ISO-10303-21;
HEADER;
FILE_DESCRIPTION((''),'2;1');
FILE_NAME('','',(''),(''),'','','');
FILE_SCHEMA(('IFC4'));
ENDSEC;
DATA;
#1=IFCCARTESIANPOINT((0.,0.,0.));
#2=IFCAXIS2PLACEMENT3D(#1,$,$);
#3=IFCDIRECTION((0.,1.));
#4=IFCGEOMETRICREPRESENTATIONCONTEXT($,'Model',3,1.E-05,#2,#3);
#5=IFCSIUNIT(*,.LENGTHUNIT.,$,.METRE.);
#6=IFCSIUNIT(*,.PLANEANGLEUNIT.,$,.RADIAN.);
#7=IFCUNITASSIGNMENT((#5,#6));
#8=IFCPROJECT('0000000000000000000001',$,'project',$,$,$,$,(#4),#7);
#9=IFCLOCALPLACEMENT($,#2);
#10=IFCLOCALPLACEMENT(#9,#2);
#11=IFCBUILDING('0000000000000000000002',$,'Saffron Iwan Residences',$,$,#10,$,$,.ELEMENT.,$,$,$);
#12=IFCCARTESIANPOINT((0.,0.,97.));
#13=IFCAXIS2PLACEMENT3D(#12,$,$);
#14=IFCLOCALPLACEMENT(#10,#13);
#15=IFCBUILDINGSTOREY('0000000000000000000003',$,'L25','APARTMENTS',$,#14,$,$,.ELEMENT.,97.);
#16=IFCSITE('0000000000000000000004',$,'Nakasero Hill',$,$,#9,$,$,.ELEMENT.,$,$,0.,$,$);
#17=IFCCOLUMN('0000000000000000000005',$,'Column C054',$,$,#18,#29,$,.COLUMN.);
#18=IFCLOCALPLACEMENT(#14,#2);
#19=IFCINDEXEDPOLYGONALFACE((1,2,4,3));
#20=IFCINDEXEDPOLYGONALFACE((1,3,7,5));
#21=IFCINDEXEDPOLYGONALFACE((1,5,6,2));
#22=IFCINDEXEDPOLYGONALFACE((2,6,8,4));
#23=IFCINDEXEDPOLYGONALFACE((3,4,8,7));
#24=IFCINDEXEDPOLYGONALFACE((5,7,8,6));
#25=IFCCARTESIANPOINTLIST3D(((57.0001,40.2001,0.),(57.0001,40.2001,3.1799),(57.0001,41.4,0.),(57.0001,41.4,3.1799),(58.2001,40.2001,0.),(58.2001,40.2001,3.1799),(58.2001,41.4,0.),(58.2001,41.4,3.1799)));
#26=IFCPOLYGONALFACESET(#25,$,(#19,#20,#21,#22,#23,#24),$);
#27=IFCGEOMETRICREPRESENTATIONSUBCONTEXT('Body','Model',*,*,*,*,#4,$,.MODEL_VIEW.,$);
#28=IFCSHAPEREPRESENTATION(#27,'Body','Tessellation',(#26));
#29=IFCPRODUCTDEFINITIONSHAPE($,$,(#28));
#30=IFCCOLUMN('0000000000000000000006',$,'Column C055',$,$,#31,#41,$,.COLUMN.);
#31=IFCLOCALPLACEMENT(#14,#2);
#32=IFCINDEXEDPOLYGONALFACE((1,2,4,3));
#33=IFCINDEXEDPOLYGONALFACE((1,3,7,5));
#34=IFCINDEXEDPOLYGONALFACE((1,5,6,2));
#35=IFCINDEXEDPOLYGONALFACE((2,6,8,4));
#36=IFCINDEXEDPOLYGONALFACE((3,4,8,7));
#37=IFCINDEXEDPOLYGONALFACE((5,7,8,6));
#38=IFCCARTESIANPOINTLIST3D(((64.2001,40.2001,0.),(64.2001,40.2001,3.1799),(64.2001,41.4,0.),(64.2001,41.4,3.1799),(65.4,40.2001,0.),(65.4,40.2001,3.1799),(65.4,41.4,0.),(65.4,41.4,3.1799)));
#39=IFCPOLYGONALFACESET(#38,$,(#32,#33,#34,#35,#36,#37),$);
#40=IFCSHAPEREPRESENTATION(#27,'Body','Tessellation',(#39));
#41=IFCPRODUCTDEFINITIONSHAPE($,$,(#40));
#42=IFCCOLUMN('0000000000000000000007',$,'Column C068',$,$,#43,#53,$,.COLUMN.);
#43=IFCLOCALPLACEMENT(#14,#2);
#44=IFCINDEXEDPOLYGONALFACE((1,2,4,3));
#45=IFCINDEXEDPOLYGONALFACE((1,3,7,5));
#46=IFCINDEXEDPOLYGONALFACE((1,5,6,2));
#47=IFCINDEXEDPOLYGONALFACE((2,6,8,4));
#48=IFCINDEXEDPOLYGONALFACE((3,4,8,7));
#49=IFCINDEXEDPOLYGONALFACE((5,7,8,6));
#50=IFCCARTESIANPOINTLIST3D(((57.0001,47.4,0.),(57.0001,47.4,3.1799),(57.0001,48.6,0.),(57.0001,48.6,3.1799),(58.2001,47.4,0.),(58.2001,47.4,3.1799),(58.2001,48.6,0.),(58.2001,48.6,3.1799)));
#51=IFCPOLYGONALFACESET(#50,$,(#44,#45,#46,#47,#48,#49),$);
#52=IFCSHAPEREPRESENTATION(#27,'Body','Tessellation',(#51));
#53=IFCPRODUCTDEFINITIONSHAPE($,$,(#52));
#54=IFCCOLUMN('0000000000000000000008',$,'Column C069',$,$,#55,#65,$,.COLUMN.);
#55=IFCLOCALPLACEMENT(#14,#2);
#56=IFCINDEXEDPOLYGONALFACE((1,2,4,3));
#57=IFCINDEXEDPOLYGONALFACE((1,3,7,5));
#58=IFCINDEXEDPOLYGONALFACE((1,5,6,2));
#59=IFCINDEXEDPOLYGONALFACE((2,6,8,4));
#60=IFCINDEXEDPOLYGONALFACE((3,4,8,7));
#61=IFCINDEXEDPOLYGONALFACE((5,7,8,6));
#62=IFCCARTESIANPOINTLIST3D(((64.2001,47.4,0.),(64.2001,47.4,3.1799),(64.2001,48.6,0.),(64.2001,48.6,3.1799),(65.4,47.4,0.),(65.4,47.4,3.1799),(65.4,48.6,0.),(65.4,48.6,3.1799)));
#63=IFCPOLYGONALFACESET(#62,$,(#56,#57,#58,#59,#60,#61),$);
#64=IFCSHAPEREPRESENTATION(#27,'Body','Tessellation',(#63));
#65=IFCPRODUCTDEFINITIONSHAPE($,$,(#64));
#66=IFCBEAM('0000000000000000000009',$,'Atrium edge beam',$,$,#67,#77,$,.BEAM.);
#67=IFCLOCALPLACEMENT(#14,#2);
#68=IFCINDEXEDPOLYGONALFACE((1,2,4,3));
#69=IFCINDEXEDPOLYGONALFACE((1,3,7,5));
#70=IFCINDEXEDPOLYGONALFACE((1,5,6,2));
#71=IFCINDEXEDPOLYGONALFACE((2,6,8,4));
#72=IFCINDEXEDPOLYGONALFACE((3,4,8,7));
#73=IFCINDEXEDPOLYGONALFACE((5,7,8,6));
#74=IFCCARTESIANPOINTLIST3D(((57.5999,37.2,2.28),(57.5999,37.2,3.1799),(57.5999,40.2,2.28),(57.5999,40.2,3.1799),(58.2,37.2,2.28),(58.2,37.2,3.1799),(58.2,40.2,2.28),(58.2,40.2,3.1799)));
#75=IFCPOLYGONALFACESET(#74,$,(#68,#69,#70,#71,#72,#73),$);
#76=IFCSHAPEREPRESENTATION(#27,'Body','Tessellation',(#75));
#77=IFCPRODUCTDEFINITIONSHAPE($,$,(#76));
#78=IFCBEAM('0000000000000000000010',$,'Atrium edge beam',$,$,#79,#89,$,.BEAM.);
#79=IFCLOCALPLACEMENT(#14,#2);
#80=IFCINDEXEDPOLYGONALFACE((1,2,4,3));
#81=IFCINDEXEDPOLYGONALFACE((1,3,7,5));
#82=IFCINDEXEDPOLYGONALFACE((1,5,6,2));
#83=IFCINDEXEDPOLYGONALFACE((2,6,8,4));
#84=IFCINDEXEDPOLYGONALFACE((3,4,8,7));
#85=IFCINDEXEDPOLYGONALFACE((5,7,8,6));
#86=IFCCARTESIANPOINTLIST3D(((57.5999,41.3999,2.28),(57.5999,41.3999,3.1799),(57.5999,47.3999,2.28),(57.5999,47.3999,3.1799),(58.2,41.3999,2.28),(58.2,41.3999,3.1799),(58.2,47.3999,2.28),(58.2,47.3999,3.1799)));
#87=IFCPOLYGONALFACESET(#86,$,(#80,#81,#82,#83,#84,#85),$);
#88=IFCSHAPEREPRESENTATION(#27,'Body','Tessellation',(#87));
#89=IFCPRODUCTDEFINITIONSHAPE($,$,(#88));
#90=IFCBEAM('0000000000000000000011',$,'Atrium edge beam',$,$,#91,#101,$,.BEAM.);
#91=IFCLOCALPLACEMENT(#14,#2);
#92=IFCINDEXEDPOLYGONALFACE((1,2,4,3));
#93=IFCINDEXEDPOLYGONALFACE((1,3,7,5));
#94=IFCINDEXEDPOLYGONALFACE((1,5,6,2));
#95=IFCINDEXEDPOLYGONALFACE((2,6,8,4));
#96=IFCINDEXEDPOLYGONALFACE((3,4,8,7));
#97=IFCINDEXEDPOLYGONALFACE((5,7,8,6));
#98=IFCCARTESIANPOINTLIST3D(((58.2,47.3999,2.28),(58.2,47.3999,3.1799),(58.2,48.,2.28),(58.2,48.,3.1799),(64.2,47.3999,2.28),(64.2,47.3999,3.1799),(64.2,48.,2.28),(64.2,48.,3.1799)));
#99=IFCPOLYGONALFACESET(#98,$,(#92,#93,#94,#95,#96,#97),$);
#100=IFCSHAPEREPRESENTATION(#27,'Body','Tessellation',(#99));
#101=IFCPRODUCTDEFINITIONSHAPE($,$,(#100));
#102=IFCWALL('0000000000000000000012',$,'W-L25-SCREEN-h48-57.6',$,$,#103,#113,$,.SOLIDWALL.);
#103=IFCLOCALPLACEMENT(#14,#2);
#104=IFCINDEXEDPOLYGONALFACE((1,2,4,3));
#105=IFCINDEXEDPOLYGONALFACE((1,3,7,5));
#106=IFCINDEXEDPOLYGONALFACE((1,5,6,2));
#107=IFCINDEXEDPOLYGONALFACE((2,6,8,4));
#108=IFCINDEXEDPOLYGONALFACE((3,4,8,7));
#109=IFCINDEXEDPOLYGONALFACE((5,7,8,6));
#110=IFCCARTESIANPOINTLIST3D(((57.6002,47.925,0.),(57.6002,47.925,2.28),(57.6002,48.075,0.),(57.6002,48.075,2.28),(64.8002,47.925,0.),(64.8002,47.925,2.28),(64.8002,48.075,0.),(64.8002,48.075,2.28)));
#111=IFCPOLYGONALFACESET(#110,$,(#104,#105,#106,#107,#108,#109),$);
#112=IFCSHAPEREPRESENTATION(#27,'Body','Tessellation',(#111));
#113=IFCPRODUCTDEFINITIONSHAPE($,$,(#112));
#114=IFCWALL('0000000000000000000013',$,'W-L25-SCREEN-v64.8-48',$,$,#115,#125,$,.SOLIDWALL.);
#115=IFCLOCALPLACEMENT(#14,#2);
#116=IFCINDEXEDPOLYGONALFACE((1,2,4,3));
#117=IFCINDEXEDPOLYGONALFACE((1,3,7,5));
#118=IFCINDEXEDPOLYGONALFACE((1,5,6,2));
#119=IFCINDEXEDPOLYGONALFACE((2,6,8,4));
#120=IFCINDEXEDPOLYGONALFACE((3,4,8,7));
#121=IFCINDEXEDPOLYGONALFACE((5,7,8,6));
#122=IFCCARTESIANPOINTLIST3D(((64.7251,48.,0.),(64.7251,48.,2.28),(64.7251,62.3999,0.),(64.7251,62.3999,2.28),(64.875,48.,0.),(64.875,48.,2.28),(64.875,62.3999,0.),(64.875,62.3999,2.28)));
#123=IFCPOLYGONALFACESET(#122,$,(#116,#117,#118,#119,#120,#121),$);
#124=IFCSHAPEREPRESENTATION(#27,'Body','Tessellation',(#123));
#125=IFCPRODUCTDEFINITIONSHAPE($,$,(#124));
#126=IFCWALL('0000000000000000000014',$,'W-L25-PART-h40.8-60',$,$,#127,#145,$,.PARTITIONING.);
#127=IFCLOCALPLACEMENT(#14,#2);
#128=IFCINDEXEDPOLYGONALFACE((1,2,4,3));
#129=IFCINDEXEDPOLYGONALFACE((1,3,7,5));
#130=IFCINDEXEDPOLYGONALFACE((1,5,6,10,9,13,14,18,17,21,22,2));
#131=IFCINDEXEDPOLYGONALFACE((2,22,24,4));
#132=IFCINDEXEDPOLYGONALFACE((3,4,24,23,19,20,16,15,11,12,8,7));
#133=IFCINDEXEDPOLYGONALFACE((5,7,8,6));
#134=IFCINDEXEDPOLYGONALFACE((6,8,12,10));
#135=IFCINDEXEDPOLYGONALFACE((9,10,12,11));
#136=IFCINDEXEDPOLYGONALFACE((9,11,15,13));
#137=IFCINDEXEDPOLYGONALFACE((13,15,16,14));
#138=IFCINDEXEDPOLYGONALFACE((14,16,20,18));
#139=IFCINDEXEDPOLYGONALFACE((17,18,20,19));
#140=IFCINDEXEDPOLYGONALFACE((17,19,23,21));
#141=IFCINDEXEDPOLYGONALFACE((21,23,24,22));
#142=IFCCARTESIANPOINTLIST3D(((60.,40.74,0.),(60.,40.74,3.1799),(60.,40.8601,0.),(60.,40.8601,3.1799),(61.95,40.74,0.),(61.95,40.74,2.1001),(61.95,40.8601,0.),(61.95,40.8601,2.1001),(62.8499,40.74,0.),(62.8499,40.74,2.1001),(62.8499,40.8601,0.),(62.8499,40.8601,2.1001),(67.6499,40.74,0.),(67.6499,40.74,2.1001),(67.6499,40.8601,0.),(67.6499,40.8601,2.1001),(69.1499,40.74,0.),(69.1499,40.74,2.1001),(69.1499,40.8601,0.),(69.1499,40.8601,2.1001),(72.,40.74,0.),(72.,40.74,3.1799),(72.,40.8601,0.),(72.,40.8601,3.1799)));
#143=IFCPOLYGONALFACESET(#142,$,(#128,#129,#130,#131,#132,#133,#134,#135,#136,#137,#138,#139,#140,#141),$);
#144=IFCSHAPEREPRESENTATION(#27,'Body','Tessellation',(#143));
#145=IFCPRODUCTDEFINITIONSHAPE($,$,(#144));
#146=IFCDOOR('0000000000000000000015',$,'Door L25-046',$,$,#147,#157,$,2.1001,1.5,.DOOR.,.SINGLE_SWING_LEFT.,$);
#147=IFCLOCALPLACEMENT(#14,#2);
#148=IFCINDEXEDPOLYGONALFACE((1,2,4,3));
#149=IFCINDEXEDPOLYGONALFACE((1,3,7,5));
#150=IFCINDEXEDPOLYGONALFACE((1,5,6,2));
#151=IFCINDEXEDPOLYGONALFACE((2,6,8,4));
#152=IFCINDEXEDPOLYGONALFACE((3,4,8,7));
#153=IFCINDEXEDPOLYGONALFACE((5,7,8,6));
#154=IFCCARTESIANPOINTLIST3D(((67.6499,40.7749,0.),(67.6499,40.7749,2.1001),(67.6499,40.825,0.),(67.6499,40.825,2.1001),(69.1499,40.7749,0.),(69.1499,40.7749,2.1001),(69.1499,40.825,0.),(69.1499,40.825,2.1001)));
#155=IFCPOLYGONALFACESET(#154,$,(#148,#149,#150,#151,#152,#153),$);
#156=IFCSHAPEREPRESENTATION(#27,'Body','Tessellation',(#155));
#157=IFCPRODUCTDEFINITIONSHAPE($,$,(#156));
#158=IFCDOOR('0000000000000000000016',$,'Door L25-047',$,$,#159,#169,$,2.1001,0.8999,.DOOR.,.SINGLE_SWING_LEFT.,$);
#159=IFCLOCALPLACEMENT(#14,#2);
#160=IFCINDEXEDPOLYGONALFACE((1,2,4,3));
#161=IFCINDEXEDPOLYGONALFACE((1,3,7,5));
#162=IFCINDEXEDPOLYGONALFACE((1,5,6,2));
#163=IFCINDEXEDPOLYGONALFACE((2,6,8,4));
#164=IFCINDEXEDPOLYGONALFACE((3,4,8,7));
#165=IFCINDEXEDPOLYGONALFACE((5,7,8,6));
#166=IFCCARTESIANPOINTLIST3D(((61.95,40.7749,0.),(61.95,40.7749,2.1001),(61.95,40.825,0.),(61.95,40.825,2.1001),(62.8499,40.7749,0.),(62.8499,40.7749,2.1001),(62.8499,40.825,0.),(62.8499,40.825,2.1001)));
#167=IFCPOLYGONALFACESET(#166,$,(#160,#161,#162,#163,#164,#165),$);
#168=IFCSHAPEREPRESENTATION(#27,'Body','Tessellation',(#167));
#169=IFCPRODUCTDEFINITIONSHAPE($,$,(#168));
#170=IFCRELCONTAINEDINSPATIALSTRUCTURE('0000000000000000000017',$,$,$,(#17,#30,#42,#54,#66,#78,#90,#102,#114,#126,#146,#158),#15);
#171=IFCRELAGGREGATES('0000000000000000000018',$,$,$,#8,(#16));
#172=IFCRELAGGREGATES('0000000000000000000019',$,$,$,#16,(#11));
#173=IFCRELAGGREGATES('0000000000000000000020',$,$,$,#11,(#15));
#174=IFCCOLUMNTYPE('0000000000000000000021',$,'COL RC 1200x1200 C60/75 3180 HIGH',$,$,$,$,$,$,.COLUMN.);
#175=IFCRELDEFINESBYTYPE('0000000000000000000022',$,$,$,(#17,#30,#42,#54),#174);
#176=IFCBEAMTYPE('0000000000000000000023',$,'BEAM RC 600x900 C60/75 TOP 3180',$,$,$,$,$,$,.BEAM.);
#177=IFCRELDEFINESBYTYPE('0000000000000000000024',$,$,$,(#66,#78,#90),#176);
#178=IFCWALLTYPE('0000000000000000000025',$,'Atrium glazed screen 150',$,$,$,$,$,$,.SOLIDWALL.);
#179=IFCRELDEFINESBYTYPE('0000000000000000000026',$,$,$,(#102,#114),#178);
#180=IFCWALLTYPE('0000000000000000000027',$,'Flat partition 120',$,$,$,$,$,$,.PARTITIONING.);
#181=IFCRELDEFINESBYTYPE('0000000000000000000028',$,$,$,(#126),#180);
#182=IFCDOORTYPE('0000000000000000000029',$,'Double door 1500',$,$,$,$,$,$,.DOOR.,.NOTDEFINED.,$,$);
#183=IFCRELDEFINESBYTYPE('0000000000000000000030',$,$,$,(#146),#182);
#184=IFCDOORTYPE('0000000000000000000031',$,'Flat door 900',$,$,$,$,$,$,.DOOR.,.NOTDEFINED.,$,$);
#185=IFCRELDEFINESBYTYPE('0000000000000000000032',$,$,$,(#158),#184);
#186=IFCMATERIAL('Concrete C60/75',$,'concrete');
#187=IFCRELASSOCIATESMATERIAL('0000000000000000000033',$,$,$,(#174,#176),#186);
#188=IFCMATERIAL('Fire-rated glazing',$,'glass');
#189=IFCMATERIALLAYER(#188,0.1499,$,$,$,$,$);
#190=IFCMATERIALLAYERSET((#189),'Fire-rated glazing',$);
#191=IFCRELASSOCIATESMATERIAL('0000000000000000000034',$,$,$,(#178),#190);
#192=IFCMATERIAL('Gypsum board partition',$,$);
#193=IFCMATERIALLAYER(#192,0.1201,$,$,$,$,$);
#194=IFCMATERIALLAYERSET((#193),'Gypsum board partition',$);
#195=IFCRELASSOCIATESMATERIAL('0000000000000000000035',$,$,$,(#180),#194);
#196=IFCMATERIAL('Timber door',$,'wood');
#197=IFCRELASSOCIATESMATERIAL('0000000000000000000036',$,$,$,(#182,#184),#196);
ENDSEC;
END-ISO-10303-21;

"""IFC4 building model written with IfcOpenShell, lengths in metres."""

from ifc_helpers import new_model, si_unit, direction, frame, frame_2d, origin, origin_2d, place, context, subcontext, project, spatial, rectangle, extrude, source, transform, mapped, material, layer, layer_set, material_profile, profile_set, type_object, element, fill, save


model = new_model("IFC4")

# Units and contexts
model_context = context("Model", 3, precision=1e-05, world=origin(), true_north=direction((0.0, 1.0)))
body_context = subcontext(model_context, "Body", "Model", "MODEL_VIEW")
ifc_project = project(units=[si_unit("LENGTHUNIT", "METRE"), si_unit("PLANEANGLEUNIT", "RADIAN")], contexts=[model_context])

# Site, building, storey
site_placement = place(None, origin())
site = spatial("IfcSite", under=ifc_project, at=site_placement, Name="Nakasero Hill", CompositionType="ELEMENT", RefElevation=0.0)
building_placement = place(site_placement, origin())
building = spatial("IfcBuilding", under=site, at=building_placement, Name="Saffron Iwan Residences", CompositionType="ELEMENT")
storey_placement = place(building_placement, frame((0.0, 0.0, 97.0)))
storey = spatial("IfcBuildingStorey", under=building, at=storey_placement, Name="L25", Description="APARTMENTS", CompositionType="ELEMENT", Elevation=97.0)

# Columns
ifc_material_1 = material(Name="Concrete C60/75", Category="concrete")
ifc_material_profile_1 = material_profile(ifc_material_1, rectangle(XDim=1.2, YDim=1.2, at=origin_2d()), Name="RC 1200x1200")
ifc_profile_set_1 = profile_set([ifc_material_profile_1], Name="Concrete C60/75")
column_type = type_object("IfcColumnType", Name="COL RC 1200x1200 C60/75 3180 HIGH", PredefinedType="COLUMN", material=ifc_profile_set_1)
shared_shape_1 = source(origin(), body_context, "Body", "SweptSolid", [
    extrude(rectangle(XDim=1.2, YDim=1.2, at=origin_2d()), origin(), (0.0, 0.0, 1.0), 3.1799),
])
for number, where, z_axis, x_axis, name in (
    (1, (57.6001, 40.8, 0.0), (0.0, 0.0, 1.0), (1.0, 0.0, 0.0), "Column C054"),
    (2, (64.8, 40.8, 0.0), (0.0, 0.0, 1.0), (1.0, 0.0, 0.0), "Column C055"),
    (3, (57.6001, 48.0, 0.0), (0.0, 0.0, 1.0), (1.0, 0.0, 0.0), "Column C068"),
    (4, (64.8, 48.0, 0.0), (0.0, 0.0, 1.0), (1.0, 0.0, 0.0), "Column C069"),
):
    element("IfcColumn", number, at=place(storey_placement, frame(where, z_axis=z_axis, x_axis=x_axis)), inside=storey, type_object=column_type, Name=name, PredefinedType="COLUMN", context=body_context, shape_type="MappedRepresentation", body=[
        mapped(shared_shape_1, transform((0.0, 0.0, 0.0))),
    ])

# Beams
ifc_material_profile_2 = material_profile(ifc_material_1, rectangle(XDim=0.6001, YDim=0.8999, at=origin_2d()), Name="RC 600x900")
ifc_profile_set_2 = profile_set([ifc_material_profile_2], Name="Concrete C60/75")
beam_type = type_object("IfcBeamType", Name="BEAM RC 600x900 C60/75 TOP 3180", PredefinedType="BEAM", material=ifc_profile_set_2)
shared_shape_2 = source(origin(), body_context, "Body", "SweptSolid", [
    extrude(rectangle(XDim=0.6001, YDim=0.8999, at=origin_2d()), origin(), (0.0, 0.0, 1.0), 3.0),
])
beam_placement = place(storey_placement, frame((57.8999, 40.2, 2.73), z_axis=(0.0, -1.0, 0.0), x_axis=(1.0, 0.0, 0.0)))
element("IfcBeam", 5, at=beam_placement, inside=storey, type_object=beam_type, Name="Atrium edge beam", PredefinedType="BEAM", context=body_context, shape_type="MappedRepresentation", body=[
    mapped(shared_shape_2, transform((0.0, 0.0, 0.0))),
])
shared_shape_3 = source(origin(), body_context, "Body", "SweptSolid", [
    extrude(rectangle(XDim=0.6001, YDim=0.8999, at=origin_2d()), origin(), (0.0, 0.0, 1.0), 6.0),
])
for number, where, z_axis, x_axis, name in (
    (6, (57.8999, 47.3999, 2.73), (0.0, -1.0, 0.0), (1.0, 0.0, 0.0), "Atrium edge beam"),
    (7, (64.2, 47.7, 2.73), (-1.0, 0.0, 0.0), (0.0, -1.0, 0.0), "Atrium edge beam"),
):
    element("IfcBeam", number, at=place(storey_placement, frame(where, z_axis=z_axis, x_axis=x_axis)), inside=storey, type_object=beam_type, Name=name, PredefinedType="BEAM", context=body_context, shape_type="MappedRepresentation", body=[
        mapped(shared_shape_3, transform((0.0, 0.0, 0.0))),
    ])

# Walls
ifc_material_2 = material(Name="Fire-rated glazing", Category="glass")
ifc_layer_1 = layer(ifc_material_2, 0.1499)
ifc_layer_set_1 = layer_set([ifc_layer_1], Name="Fire-rated glazing")
wall_type_1 = type_object("IfcWallType", Name="Atrium glazed screen 150", PredefinedType="SOLIDWALL", material=ifc_layer_set_1)
wall_1_placement = place(storey_placement, frame((57.6001, 48.0, 0.0), z_axis=(0.0, 0.0, 1.0), x_axis=(1.0, 0.0, 0.0)))
element("IfcWall", 8, at=wall_1_placement, inside=storey, type_object=wall_type_1, Name="W-L25-SCREEN-h48-57.6", PredefinedType="SOLIDWALL", context=body_context, shape_type="SweptSolid", body=[
    extrude(rectangle(XDim=7.2, YDim=0.1499, at=frame_2d((3.6001, 0.0))), origin(), (0.0, 0.0, 1.0), 2.28),
])
wall_2_placement = place(storey_placement, frame((64.8, 48.0, 0.0), z_axis=(0.0, 0.0, 1.0), x_axis=(0.0, 1.0, 0.0)))
element("IfcWall", 9, at=wall_2_placement, inside=storey, type_object=wall_type_1, Name="W-L25-SCREEN-v64.8-48", PredefinedType="SOLIDWALL", context=body_context, shape_type="SweptSolid", body=[
    extrude(rectangle(XDim=14.3999, YDim=0.1499, at=frame_2d((7.2, 0.0))), origin(), (0.0, 0.0, 1.0), 2.28),
])

# Wall, openings, doors
ifc_material_3 = material(Name="Gypsum board partition")
ifc_layer_2 = layer(ifc_material_3, 0.1201)
ifc_layer_set_2 = layer_set([ifc_layer_2], Name="Gypsum board partition")
wall_type_2 = type_object("IfcWallType", Name="Flat partition 120", PredefinedType="PARTITIONING", material=ifc_layer_set_2)
wall_3_placement = place(storey_placement, frame((60.0, 40.8, 0.0), z_axis=(0.0, 0.0, 1.0), x_axis=(1.0, 0.0, 0.0)))
wall_3 = element("IfcWall", 10, at=wall_3_placement, inside=storey, type_object=wall_type_2, Name="W-L25-PART-h40.8-60", PredefinedType="PARTITIONING", context=body_context, shape_type="SweptSolid", body=[
    extrude(rectangle(XDim=12.0, YDim=0.1201, at=frame_2d((6.0, 0.0))), origin(), (0.0, 0.0, 1.0), 3.1799),
])
opening_1_placement = place(wall_3_placement, frame((7.6499, 0.0, 0.0)))
opening_1 = element("IfcOpeningElement", 11, at=opening_1_placement, cuts=wall_3, PredefinedType="OPENING", context=body_context, shape_type="SweptSolid", body=[
    extrude(rectangle(XDim=1.5, YDim=2.1001, at=frame_2d((0.75, 1.05))), frame((0.0, 0.0701, 0.0), z_axis=(0.0, -1.0, 0.0), x_axis=(1.0, 0.0, 0.0)), (0.0, 0.0, 1.0), 0.1401),
])
opening_2_placement = place(wall_3_placement, frame((1.95, 0.0, 0.0)))
opening_2 = element("IfcOpeningElement", 12, at=opening_2_placement, cuts=wall_3, PredefinedType="OPENING", context=body_context, shape_type="SweptSolid", body=[
    extrude(rectangle(XDim=0.8999, YDim=2.1001, at=frame_2d((0.45, 1.05))), frame((0.0, 0.0701, 0.0), z_axis=(0.0, -1.0, 0.0), x_axis=(1.0, 0.0, 0.0)), (0.0, 0.0, 1.0), 0.1401),
])
ifc_material_4 = material(Name="Timber door", Category="wood")
door_type_1 = type_object("IfcDoorType", Name="Double door 1500", OperationType="NOTDEFINED", PredefinedType="DOOR", material=ifc_material_4)
door_1_placement = place(opening_1_placement, origin())
door_1 = element("IfcDoor", 13, at=door_1_placement, inside=storey, type_object=door_type_1, Name="Door L25-046", OperationType="SINGLE_SWING_LEFT", OverallHeight=2.1001, OverallWidth=1.5, PredefinedType="DOOR", context=body_context, shape_type="SweptSolid", body=[
    extrude(rectangle(XDim=1.5, YDim=2.1001, at=frame_2d((0.75, 1.05))), frame((0.0, 0.0249, 0.0), z_axis=(0.0, -1.0, 0.0), x_axis=(1.0, 0.0, 0.0)), (0.0, 0.0, 1.0), 0.05),
])
fill(opening_1, door_1)
door_type_2 = type_object("IfcDoorType", Name="Flat door 900", OperationType="NOTDEFINED", PredefinedType="DOOR", material=ifc_material_4)
door_2_placement = place(opening_2_placement, origin())
door_2 = element("IfcDoor", 14, at=door_2_placement, inside=storey, type_object=door_type_2, Name="Door L25-047", OperationType="SINGLE_SWING_LEFT", OverallHeight=2.1001, OverallWidth=0.8999, PredefinedType="DOOR", context=body_context, shape_type="SweptSolid", body=[
    extrude(rectangle(XDim=0.8999, YDim=2.1001, at=frame_2d((0.45, 1.05))), frame((0.0, 0.0249, 0.0), z_axis=(0.0, -1.0, 0.0), x_axis=(1.0, 0.0, 0.0)), (0.0, 0.0, 1.0), 0.05),
])
fill(opening_2, door_2)

save(model, "model.ifc")
